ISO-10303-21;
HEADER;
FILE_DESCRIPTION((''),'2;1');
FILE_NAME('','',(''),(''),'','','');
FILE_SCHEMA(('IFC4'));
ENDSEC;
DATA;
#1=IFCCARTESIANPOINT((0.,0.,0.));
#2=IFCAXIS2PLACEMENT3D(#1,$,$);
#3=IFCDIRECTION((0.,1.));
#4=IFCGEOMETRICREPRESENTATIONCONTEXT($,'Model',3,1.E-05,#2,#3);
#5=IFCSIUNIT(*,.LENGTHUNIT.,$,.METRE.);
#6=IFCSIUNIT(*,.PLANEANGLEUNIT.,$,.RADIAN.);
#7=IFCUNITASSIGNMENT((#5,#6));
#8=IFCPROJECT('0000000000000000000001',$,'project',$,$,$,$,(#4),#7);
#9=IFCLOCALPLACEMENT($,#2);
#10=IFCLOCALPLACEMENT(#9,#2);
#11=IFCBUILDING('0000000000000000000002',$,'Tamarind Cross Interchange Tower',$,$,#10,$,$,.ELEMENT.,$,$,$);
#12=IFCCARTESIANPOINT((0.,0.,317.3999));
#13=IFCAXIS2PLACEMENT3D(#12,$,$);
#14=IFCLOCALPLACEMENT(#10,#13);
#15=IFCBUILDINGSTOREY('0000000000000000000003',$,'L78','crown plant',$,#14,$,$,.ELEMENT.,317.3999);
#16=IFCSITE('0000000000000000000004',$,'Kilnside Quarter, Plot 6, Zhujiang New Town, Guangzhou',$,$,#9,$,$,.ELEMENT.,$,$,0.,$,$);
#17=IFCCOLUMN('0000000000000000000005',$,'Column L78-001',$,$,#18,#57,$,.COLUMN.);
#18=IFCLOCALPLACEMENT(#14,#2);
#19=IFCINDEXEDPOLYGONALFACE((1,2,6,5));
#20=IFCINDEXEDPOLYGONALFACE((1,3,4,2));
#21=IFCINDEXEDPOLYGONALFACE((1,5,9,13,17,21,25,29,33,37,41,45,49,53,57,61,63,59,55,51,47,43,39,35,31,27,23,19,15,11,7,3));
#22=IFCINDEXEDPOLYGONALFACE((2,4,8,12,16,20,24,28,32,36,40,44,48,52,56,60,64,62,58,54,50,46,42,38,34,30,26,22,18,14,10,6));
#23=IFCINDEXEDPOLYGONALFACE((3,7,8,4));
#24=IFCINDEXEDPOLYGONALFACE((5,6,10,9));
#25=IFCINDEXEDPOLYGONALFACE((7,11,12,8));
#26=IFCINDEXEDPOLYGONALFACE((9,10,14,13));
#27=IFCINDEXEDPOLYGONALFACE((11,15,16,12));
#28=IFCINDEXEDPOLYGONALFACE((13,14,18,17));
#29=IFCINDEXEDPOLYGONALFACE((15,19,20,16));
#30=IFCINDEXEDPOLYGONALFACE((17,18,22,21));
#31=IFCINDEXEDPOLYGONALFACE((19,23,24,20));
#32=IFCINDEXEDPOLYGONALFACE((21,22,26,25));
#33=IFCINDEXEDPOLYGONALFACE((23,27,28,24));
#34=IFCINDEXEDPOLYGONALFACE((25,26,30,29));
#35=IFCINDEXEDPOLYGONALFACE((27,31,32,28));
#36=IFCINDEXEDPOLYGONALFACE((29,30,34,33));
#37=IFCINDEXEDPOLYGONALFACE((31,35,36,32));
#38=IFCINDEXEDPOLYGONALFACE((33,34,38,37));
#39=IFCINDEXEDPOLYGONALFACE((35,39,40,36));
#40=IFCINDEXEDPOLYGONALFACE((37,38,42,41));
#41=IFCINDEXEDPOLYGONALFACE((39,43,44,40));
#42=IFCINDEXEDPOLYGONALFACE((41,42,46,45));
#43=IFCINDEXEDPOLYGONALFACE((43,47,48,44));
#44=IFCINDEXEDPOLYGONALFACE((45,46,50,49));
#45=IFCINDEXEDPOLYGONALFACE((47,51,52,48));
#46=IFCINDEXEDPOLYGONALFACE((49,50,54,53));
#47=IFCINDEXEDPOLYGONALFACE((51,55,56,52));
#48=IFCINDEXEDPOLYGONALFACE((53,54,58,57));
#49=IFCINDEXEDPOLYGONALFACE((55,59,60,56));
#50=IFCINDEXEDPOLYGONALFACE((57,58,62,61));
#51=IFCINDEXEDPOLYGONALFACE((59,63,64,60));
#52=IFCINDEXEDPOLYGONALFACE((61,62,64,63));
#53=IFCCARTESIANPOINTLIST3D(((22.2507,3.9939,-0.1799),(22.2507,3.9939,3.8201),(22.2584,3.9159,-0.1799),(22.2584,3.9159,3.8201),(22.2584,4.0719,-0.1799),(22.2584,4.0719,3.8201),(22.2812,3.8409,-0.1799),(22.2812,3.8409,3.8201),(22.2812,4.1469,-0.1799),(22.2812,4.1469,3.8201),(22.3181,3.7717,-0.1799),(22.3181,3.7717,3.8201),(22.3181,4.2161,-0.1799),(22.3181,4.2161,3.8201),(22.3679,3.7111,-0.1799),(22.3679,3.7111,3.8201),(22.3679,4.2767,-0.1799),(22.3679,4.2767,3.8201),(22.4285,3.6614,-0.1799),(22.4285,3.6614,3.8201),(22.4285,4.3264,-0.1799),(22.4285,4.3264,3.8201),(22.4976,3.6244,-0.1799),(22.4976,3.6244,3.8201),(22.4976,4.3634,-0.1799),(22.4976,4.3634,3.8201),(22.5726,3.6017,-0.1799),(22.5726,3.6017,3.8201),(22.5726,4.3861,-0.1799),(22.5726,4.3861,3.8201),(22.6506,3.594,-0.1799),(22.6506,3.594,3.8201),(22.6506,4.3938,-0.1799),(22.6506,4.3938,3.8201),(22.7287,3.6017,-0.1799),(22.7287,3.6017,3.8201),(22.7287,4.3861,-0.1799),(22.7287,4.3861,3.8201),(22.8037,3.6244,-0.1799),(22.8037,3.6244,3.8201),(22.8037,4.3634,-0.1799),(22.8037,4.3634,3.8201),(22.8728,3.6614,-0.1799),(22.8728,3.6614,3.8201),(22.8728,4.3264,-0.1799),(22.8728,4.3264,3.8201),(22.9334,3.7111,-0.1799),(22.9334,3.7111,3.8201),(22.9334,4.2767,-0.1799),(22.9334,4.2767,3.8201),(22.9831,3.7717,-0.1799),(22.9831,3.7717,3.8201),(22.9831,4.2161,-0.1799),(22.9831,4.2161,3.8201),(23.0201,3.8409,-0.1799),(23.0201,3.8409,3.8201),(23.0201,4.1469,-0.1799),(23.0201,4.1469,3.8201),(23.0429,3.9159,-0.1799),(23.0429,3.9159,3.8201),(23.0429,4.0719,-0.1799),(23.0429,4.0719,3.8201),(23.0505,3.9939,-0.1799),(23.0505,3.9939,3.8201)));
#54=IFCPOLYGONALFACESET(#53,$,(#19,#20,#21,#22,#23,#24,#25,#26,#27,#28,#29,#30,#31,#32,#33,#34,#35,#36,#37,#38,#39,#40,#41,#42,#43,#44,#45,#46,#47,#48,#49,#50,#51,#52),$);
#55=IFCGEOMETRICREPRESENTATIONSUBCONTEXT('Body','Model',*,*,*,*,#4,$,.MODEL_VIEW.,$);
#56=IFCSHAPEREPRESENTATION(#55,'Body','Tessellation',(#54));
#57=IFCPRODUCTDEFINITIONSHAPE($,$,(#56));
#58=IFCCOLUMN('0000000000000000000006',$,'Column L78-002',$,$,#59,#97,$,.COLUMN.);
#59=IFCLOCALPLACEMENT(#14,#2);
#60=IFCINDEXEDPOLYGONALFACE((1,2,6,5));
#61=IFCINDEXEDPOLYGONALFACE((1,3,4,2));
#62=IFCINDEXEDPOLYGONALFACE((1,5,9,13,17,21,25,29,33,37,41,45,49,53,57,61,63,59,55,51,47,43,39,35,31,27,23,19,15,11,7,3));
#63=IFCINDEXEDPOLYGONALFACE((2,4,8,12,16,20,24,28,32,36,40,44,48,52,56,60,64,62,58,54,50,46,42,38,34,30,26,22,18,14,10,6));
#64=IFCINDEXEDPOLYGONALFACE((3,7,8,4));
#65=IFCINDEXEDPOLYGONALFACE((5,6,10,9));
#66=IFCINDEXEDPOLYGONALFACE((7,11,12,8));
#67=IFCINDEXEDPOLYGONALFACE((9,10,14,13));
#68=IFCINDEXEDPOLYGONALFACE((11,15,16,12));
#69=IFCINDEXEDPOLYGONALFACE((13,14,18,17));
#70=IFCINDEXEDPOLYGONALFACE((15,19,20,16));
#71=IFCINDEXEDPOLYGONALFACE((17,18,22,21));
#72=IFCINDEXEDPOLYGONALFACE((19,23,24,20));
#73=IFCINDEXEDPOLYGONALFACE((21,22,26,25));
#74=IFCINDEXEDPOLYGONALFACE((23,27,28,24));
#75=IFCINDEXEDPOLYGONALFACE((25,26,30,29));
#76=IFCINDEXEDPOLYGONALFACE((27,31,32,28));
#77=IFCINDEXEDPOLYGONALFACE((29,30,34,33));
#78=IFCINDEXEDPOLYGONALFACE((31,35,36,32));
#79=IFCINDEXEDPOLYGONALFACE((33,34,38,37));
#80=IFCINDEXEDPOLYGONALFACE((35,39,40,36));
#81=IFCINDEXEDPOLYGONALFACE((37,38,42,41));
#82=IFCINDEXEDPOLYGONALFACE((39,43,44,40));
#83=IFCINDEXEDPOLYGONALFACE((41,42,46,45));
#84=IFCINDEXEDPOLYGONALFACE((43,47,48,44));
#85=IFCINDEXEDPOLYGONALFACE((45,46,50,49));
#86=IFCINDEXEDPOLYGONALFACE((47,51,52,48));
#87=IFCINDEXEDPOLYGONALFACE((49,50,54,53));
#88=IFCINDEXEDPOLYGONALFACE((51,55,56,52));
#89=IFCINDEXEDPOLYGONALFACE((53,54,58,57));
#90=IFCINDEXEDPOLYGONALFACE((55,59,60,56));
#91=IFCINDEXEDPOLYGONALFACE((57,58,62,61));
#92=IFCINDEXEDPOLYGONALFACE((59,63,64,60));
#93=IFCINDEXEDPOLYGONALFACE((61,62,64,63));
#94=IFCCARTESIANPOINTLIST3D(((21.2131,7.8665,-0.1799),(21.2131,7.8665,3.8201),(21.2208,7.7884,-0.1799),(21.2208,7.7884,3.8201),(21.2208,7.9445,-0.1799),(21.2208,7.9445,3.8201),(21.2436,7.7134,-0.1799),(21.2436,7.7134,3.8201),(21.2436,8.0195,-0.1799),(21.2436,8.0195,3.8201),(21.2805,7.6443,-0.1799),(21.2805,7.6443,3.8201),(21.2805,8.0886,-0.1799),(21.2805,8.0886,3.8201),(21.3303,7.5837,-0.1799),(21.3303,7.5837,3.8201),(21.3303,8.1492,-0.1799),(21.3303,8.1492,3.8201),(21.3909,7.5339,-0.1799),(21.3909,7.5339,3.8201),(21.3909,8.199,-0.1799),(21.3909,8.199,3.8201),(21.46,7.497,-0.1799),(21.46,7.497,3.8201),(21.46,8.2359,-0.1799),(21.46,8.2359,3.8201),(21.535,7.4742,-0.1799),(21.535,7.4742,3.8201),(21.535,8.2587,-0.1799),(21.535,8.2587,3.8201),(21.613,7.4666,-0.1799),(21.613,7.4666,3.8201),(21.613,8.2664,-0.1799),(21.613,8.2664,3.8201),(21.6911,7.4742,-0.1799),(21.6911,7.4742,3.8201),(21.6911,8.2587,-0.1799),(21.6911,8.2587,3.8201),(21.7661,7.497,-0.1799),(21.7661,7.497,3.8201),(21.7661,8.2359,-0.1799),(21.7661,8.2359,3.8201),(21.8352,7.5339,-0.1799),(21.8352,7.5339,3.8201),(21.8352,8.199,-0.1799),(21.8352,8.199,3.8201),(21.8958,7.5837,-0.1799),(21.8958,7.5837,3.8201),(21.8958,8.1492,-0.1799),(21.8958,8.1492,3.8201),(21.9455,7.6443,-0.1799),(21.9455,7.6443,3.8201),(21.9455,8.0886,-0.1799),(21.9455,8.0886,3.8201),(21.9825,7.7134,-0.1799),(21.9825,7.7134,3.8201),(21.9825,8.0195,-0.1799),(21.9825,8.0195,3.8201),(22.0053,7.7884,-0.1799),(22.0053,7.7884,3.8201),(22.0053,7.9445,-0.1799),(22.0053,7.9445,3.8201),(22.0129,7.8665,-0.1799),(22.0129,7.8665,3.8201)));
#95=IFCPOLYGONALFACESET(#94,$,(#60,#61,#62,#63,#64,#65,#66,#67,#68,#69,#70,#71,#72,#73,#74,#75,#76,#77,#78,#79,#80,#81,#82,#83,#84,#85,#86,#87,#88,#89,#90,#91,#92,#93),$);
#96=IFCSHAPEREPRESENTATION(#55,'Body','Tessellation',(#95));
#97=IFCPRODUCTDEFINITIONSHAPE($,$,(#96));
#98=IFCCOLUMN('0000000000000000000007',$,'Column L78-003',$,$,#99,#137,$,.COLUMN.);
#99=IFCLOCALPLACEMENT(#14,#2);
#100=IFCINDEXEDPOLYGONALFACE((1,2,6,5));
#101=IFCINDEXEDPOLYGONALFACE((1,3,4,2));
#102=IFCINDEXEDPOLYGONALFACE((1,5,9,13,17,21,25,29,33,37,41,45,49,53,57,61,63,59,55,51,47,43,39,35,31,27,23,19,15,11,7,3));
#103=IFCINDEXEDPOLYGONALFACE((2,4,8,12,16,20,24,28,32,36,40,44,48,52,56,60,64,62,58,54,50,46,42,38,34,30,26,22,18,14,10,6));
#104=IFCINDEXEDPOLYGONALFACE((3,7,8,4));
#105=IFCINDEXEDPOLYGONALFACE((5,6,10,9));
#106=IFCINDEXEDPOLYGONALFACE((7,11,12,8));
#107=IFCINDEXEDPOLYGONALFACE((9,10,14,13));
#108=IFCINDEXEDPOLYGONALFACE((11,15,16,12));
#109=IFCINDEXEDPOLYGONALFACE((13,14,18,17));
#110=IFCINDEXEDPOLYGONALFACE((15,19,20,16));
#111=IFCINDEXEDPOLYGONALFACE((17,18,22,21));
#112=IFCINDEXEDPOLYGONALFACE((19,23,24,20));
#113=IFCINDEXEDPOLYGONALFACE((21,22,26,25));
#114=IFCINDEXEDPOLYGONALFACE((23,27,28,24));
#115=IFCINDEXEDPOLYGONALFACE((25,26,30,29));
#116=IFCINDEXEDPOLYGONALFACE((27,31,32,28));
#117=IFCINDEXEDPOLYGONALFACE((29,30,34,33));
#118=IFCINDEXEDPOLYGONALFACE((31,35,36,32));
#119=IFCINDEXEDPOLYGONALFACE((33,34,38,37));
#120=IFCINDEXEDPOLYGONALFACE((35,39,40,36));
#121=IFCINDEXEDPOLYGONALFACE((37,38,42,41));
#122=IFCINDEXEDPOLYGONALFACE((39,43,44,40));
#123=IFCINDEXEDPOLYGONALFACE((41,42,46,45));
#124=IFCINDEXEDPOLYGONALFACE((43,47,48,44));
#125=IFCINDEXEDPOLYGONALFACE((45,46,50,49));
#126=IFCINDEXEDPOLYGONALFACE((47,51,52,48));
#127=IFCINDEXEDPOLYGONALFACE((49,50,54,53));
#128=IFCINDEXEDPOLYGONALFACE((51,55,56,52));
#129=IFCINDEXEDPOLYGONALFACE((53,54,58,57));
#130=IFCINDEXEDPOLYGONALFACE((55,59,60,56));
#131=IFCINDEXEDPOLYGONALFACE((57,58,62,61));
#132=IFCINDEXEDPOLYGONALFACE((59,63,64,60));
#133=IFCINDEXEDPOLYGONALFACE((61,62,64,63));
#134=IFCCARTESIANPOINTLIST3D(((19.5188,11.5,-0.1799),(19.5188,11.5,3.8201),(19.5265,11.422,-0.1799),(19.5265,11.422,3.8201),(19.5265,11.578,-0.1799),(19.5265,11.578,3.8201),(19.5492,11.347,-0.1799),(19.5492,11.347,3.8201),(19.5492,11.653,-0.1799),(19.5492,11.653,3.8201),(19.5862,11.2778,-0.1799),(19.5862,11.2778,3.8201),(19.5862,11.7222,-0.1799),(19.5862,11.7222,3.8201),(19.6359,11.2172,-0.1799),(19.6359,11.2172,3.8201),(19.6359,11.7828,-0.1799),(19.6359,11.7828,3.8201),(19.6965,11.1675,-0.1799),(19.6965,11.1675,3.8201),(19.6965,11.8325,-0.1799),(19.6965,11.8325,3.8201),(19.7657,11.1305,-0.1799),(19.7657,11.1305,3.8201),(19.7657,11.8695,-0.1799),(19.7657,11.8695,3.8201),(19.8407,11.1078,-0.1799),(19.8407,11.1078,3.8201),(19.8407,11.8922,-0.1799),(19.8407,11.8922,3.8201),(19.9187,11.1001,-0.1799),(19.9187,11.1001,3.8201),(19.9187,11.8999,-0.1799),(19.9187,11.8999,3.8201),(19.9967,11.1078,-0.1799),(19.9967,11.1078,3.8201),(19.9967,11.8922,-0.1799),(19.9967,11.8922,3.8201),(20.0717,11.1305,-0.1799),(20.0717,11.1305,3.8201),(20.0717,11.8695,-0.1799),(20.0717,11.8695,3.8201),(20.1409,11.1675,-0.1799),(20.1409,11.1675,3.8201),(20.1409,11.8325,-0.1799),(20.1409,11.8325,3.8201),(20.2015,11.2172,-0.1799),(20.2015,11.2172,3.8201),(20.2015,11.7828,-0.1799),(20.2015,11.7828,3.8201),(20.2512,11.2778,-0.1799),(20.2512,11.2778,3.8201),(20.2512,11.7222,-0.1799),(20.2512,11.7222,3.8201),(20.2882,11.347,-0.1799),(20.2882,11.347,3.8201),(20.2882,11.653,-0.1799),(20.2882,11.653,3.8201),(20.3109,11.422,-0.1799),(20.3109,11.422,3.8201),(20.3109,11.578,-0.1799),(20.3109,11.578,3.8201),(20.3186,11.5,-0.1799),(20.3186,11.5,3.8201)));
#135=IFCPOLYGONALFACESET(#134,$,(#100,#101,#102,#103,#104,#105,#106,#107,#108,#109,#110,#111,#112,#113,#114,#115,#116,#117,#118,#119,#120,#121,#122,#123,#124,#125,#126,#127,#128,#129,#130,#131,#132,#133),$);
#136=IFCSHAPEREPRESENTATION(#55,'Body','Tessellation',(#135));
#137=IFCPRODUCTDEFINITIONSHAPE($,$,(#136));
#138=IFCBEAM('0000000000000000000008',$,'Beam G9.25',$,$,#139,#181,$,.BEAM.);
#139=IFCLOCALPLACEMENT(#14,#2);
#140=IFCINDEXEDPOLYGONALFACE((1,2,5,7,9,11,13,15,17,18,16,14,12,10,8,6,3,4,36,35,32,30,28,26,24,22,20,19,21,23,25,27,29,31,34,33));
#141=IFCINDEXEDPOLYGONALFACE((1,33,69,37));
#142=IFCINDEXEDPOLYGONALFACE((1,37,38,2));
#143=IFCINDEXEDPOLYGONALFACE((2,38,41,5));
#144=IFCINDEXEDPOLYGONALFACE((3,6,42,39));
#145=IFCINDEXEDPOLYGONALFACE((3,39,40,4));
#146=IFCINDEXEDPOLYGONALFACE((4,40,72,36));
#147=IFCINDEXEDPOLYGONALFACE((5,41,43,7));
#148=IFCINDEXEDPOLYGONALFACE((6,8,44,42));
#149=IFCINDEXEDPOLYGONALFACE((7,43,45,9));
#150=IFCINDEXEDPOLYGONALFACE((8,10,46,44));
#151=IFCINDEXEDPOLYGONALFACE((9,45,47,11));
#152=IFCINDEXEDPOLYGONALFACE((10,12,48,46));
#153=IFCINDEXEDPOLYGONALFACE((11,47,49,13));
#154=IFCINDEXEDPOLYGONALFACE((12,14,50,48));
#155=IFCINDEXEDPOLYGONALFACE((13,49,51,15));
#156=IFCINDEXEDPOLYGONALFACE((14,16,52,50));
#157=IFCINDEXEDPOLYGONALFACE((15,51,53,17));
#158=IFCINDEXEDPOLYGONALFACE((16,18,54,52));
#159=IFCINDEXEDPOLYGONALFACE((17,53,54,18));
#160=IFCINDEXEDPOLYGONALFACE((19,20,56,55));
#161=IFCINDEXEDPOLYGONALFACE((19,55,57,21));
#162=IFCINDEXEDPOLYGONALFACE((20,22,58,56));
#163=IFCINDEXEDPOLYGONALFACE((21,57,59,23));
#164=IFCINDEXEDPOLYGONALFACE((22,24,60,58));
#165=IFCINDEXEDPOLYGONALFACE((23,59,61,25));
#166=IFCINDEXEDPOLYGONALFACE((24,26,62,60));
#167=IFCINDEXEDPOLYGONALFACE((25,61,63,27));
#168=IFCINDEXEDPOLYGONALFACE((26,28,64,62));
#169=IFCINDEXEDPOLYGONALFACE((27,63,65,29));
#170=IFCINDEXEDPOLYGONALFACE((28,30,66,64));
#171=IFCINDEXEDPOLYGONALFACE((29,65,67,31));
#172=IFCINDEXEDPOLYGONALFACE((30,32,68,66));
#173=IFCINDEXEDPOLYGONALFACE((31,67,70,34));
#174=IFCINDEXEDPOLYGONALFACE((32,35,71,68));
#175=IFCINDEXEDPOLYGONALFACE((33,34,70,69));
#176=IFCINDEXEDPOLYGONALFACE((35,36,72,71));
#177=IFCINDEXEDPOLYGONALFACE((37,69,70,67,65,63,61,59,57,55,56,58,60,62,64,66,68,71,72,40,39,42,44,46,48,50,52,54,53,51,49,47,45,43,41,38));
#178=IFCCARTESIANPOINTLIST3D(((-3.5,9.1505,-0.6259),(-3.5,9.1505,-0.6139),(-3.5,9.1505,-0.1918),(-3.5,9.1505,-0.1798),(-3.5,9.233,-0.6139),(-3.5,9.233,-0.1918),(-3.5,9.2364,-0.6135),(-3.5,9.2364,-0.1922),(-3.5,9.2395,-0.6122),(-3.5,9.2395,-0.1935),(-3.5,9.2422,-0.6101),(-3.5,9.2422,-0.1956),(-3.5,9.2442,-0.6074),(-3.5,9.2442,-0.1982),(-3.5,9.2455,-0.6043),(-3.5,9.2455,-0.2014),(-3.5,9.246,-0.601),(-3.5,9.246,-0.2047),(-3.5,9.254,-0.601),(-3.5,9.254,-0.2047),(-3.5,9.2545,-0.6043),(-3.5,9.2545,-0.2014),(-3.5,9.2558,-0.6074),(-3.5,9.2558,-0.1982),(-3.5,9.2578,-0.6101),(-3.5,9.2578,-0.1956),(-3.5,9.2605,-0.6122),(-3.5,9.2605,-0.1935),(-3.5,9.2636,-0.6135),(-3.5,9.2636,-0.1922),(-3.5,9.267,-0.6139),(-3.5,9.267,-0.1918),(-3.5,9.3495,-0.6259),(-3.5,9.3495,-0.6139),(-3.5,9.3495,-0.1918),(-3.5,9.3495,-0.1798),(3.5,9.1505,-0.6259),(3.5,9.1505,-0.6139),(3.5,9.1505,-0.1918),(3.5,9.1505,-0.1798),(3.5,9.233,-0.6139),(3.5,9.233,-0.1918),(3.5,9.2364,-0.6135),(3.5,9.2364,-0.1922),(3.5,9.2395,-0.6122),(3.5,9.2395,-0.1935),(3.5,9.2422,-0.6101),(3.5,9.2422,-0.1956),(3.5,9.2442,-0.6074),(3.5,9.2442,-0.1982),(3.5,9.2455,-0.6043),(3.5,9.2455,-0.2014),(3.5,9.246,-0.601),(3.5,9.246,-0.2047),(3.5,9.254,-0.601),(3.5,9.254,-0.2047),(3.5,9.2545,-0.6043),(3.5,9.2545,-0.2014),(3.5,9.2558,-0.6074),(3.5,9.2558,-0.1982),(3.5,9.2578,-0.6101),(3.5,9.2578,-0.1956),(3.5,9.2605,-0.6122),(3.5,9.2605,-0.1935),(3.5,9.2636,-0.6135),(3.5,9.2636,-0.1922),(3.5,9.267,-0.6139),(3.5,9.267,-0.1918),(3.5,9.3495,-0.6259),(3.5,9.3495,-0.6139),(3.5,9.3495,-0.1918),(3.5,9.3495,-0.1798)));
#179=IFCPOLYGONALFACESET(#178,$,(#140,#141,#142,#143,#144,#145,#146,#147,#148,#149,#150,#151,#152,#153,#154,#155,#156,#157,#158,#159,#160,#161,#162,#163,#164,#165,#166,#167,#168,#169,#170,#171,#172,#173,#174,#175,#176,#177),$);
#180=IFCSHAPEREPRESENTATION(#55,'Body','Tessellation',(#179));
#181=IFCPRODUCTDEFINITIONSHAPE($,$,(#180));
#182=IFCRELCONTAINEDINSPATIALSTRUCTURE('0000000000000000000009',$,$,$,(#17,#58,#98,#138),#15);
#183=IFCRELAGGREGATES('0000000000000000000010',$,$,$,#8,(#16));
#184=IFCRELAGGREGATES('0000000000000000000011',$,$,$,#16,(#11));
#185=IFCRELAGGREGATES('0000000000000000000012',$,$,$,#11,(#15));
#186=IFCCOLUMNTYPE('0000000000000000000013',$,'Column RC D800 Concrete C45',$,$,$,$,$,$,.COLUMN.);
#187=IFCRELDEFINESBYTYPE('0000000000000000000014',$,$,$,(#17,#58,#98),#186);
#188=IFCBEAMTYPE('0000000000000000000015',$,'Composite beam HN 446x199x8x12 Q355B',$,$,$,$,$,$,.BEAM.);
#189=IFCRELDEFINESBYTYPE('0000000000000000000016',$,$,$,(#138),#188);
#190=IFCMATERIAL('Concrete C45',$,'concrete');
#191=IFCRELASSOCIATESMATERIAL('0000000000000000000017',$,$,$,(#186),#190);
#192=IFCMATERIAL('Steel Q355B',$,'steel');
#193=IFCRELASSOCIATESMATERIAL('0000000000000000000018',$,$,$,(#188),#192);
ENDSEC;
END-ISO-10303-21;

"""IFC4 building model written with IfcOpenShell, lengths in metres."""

from ifc_helpers import new_model, si_unit, direction, frame, origin, origin_2d, place, context, subcontext, project, spatial, circle, i_section, extrude, material, material_profile, profile_set, type_object, element, save


model = new_model("IFC4")

# Units and contexts
model_context = context("Model", 3, precision=1e-05, world=origin(), true_north=direction((0.0, 1.0)))
body_context = subcontext(model_context, "Body", "Model", "MODEL_VIEW")
ifc_project = project(units=[si_unit("LENGTHUNIT", "METRE"), si_unit("PLANEANGLEUNIT", "RADIAN")], contexts=[model_context])

# Site, building, storey
site_placement = place(None, origin())
site = spatial("IfcSite", under=ifc_project, at=site_placement, Name="Kilnside Quarter, Plot 6, Zhujiang New Town, Guangzhou", CompositionType="ELEMENT", RefElevation=0.0)
building_placement = place(site_placement, origin())
building = spatial("IfcBuilding", under=site, at=building_placement, Name="Tamarind Cross Interchange Tower", CompositionType="ELEMENT")
storey_placement = place(building_placement, frame((0.0, 0.0, 317.3999)))
storey = spatial("IfcBuildingStorey", under=building, at=storey_placement, Name="L78", Description="crown plant", CompositionType="ELEMENT", Elevation=317.3999)

# Columns
ifc_material_1 = material(Name="Concrete C45", Category="concrete")
ifc_material_profile_1 = material_profile(ifc_material_1, circle(Radius=0.3999, at=origin_2d()), Name="RC D800")
ifc_profile_set_1 = profile_set([ifc_material_profile_1], Name="Concrete C45")
column_type = type_object("IfcColumnType", Name="Column RC D800 Concrete C45", PredefinedType="COLUMN", material=ifc_profile_set_1)
for number, where, z_axis, x_axis, name in (
    (1, (22.6506, 3.9939, -0.1799), (0.0, 0.0, 1.0), (1.0, 0.0, 0.0), "Column L78-001"),
    (2, (21.613, 7.8665, -0.1799), (0.0, 0.0, 1.0), (1.0, 0.0, 0.0), "Column L78-002"),
    (3, (19.9187, 11.5, -0.1799), (0.0, 0.0, 1.0), (1.0, 0.0, 0.0), "Column L78-003"),
):
    element("IfcColumn", number, at=place(storey_placement, frame(where, z_axis=z_axis, x_axis=x_axis)), inside=storey, type_object=column_type, Name=name, PredefinedType="COLUMN", context=body_context, shape_type="SweptSolid", body=[
        extrude(circle(Radius=0.3999, at=origin_2d()), origin(), (0.0, 0.0, 1.0), 4.0),
    ])

# Beam
ifc_material_2 = material(Name="Steel Q355B", Category="steel")
ifc_material_profile_2 = material_profile(ifc_material_2, i_section(OverallWidth=0.199, OverallDepth=0.446, WebThickness=0.0081, FlangeThickness=0.012, FilletRadius=0.0129, at=origin_2d()), Name="HN 446x199x8x12")
ifc_profile_set_2 = profile_set([ifc_material_profile_2], Name="Steel Q355B")
beam_type_1 = type_object("IfcBeamType", Name="Composite beam HN 446x199x8x12 Q355B", PredefinedType="BEAM", material=ifc_profile_set_2)
beam_1_placement = place(storey_placement, frame((-3.5, 9.25, -0.4028), z_axis=(1.0, 0.0, 0.0), x_axis=(0.0, 1.0, 0.0)))
element("IfcBeam", 4, at=beam_1_placement, inside=storey, type_object=beam_type_1, Name="Beam G9.25", PredefinedType="BEAM", context=body_context, shape_type="SweptSolid", body=[
    extrude(i_section(OverallWidth=0.199, OverallDepth=0.446, WebThickness=0.0081, FlangeThickness=0.012, FilletRadius=0.0129, at=origin_2d()), origin(), (0.0, 0.0, 1.0), 7.0),
])

save(model, "model.ifc")
